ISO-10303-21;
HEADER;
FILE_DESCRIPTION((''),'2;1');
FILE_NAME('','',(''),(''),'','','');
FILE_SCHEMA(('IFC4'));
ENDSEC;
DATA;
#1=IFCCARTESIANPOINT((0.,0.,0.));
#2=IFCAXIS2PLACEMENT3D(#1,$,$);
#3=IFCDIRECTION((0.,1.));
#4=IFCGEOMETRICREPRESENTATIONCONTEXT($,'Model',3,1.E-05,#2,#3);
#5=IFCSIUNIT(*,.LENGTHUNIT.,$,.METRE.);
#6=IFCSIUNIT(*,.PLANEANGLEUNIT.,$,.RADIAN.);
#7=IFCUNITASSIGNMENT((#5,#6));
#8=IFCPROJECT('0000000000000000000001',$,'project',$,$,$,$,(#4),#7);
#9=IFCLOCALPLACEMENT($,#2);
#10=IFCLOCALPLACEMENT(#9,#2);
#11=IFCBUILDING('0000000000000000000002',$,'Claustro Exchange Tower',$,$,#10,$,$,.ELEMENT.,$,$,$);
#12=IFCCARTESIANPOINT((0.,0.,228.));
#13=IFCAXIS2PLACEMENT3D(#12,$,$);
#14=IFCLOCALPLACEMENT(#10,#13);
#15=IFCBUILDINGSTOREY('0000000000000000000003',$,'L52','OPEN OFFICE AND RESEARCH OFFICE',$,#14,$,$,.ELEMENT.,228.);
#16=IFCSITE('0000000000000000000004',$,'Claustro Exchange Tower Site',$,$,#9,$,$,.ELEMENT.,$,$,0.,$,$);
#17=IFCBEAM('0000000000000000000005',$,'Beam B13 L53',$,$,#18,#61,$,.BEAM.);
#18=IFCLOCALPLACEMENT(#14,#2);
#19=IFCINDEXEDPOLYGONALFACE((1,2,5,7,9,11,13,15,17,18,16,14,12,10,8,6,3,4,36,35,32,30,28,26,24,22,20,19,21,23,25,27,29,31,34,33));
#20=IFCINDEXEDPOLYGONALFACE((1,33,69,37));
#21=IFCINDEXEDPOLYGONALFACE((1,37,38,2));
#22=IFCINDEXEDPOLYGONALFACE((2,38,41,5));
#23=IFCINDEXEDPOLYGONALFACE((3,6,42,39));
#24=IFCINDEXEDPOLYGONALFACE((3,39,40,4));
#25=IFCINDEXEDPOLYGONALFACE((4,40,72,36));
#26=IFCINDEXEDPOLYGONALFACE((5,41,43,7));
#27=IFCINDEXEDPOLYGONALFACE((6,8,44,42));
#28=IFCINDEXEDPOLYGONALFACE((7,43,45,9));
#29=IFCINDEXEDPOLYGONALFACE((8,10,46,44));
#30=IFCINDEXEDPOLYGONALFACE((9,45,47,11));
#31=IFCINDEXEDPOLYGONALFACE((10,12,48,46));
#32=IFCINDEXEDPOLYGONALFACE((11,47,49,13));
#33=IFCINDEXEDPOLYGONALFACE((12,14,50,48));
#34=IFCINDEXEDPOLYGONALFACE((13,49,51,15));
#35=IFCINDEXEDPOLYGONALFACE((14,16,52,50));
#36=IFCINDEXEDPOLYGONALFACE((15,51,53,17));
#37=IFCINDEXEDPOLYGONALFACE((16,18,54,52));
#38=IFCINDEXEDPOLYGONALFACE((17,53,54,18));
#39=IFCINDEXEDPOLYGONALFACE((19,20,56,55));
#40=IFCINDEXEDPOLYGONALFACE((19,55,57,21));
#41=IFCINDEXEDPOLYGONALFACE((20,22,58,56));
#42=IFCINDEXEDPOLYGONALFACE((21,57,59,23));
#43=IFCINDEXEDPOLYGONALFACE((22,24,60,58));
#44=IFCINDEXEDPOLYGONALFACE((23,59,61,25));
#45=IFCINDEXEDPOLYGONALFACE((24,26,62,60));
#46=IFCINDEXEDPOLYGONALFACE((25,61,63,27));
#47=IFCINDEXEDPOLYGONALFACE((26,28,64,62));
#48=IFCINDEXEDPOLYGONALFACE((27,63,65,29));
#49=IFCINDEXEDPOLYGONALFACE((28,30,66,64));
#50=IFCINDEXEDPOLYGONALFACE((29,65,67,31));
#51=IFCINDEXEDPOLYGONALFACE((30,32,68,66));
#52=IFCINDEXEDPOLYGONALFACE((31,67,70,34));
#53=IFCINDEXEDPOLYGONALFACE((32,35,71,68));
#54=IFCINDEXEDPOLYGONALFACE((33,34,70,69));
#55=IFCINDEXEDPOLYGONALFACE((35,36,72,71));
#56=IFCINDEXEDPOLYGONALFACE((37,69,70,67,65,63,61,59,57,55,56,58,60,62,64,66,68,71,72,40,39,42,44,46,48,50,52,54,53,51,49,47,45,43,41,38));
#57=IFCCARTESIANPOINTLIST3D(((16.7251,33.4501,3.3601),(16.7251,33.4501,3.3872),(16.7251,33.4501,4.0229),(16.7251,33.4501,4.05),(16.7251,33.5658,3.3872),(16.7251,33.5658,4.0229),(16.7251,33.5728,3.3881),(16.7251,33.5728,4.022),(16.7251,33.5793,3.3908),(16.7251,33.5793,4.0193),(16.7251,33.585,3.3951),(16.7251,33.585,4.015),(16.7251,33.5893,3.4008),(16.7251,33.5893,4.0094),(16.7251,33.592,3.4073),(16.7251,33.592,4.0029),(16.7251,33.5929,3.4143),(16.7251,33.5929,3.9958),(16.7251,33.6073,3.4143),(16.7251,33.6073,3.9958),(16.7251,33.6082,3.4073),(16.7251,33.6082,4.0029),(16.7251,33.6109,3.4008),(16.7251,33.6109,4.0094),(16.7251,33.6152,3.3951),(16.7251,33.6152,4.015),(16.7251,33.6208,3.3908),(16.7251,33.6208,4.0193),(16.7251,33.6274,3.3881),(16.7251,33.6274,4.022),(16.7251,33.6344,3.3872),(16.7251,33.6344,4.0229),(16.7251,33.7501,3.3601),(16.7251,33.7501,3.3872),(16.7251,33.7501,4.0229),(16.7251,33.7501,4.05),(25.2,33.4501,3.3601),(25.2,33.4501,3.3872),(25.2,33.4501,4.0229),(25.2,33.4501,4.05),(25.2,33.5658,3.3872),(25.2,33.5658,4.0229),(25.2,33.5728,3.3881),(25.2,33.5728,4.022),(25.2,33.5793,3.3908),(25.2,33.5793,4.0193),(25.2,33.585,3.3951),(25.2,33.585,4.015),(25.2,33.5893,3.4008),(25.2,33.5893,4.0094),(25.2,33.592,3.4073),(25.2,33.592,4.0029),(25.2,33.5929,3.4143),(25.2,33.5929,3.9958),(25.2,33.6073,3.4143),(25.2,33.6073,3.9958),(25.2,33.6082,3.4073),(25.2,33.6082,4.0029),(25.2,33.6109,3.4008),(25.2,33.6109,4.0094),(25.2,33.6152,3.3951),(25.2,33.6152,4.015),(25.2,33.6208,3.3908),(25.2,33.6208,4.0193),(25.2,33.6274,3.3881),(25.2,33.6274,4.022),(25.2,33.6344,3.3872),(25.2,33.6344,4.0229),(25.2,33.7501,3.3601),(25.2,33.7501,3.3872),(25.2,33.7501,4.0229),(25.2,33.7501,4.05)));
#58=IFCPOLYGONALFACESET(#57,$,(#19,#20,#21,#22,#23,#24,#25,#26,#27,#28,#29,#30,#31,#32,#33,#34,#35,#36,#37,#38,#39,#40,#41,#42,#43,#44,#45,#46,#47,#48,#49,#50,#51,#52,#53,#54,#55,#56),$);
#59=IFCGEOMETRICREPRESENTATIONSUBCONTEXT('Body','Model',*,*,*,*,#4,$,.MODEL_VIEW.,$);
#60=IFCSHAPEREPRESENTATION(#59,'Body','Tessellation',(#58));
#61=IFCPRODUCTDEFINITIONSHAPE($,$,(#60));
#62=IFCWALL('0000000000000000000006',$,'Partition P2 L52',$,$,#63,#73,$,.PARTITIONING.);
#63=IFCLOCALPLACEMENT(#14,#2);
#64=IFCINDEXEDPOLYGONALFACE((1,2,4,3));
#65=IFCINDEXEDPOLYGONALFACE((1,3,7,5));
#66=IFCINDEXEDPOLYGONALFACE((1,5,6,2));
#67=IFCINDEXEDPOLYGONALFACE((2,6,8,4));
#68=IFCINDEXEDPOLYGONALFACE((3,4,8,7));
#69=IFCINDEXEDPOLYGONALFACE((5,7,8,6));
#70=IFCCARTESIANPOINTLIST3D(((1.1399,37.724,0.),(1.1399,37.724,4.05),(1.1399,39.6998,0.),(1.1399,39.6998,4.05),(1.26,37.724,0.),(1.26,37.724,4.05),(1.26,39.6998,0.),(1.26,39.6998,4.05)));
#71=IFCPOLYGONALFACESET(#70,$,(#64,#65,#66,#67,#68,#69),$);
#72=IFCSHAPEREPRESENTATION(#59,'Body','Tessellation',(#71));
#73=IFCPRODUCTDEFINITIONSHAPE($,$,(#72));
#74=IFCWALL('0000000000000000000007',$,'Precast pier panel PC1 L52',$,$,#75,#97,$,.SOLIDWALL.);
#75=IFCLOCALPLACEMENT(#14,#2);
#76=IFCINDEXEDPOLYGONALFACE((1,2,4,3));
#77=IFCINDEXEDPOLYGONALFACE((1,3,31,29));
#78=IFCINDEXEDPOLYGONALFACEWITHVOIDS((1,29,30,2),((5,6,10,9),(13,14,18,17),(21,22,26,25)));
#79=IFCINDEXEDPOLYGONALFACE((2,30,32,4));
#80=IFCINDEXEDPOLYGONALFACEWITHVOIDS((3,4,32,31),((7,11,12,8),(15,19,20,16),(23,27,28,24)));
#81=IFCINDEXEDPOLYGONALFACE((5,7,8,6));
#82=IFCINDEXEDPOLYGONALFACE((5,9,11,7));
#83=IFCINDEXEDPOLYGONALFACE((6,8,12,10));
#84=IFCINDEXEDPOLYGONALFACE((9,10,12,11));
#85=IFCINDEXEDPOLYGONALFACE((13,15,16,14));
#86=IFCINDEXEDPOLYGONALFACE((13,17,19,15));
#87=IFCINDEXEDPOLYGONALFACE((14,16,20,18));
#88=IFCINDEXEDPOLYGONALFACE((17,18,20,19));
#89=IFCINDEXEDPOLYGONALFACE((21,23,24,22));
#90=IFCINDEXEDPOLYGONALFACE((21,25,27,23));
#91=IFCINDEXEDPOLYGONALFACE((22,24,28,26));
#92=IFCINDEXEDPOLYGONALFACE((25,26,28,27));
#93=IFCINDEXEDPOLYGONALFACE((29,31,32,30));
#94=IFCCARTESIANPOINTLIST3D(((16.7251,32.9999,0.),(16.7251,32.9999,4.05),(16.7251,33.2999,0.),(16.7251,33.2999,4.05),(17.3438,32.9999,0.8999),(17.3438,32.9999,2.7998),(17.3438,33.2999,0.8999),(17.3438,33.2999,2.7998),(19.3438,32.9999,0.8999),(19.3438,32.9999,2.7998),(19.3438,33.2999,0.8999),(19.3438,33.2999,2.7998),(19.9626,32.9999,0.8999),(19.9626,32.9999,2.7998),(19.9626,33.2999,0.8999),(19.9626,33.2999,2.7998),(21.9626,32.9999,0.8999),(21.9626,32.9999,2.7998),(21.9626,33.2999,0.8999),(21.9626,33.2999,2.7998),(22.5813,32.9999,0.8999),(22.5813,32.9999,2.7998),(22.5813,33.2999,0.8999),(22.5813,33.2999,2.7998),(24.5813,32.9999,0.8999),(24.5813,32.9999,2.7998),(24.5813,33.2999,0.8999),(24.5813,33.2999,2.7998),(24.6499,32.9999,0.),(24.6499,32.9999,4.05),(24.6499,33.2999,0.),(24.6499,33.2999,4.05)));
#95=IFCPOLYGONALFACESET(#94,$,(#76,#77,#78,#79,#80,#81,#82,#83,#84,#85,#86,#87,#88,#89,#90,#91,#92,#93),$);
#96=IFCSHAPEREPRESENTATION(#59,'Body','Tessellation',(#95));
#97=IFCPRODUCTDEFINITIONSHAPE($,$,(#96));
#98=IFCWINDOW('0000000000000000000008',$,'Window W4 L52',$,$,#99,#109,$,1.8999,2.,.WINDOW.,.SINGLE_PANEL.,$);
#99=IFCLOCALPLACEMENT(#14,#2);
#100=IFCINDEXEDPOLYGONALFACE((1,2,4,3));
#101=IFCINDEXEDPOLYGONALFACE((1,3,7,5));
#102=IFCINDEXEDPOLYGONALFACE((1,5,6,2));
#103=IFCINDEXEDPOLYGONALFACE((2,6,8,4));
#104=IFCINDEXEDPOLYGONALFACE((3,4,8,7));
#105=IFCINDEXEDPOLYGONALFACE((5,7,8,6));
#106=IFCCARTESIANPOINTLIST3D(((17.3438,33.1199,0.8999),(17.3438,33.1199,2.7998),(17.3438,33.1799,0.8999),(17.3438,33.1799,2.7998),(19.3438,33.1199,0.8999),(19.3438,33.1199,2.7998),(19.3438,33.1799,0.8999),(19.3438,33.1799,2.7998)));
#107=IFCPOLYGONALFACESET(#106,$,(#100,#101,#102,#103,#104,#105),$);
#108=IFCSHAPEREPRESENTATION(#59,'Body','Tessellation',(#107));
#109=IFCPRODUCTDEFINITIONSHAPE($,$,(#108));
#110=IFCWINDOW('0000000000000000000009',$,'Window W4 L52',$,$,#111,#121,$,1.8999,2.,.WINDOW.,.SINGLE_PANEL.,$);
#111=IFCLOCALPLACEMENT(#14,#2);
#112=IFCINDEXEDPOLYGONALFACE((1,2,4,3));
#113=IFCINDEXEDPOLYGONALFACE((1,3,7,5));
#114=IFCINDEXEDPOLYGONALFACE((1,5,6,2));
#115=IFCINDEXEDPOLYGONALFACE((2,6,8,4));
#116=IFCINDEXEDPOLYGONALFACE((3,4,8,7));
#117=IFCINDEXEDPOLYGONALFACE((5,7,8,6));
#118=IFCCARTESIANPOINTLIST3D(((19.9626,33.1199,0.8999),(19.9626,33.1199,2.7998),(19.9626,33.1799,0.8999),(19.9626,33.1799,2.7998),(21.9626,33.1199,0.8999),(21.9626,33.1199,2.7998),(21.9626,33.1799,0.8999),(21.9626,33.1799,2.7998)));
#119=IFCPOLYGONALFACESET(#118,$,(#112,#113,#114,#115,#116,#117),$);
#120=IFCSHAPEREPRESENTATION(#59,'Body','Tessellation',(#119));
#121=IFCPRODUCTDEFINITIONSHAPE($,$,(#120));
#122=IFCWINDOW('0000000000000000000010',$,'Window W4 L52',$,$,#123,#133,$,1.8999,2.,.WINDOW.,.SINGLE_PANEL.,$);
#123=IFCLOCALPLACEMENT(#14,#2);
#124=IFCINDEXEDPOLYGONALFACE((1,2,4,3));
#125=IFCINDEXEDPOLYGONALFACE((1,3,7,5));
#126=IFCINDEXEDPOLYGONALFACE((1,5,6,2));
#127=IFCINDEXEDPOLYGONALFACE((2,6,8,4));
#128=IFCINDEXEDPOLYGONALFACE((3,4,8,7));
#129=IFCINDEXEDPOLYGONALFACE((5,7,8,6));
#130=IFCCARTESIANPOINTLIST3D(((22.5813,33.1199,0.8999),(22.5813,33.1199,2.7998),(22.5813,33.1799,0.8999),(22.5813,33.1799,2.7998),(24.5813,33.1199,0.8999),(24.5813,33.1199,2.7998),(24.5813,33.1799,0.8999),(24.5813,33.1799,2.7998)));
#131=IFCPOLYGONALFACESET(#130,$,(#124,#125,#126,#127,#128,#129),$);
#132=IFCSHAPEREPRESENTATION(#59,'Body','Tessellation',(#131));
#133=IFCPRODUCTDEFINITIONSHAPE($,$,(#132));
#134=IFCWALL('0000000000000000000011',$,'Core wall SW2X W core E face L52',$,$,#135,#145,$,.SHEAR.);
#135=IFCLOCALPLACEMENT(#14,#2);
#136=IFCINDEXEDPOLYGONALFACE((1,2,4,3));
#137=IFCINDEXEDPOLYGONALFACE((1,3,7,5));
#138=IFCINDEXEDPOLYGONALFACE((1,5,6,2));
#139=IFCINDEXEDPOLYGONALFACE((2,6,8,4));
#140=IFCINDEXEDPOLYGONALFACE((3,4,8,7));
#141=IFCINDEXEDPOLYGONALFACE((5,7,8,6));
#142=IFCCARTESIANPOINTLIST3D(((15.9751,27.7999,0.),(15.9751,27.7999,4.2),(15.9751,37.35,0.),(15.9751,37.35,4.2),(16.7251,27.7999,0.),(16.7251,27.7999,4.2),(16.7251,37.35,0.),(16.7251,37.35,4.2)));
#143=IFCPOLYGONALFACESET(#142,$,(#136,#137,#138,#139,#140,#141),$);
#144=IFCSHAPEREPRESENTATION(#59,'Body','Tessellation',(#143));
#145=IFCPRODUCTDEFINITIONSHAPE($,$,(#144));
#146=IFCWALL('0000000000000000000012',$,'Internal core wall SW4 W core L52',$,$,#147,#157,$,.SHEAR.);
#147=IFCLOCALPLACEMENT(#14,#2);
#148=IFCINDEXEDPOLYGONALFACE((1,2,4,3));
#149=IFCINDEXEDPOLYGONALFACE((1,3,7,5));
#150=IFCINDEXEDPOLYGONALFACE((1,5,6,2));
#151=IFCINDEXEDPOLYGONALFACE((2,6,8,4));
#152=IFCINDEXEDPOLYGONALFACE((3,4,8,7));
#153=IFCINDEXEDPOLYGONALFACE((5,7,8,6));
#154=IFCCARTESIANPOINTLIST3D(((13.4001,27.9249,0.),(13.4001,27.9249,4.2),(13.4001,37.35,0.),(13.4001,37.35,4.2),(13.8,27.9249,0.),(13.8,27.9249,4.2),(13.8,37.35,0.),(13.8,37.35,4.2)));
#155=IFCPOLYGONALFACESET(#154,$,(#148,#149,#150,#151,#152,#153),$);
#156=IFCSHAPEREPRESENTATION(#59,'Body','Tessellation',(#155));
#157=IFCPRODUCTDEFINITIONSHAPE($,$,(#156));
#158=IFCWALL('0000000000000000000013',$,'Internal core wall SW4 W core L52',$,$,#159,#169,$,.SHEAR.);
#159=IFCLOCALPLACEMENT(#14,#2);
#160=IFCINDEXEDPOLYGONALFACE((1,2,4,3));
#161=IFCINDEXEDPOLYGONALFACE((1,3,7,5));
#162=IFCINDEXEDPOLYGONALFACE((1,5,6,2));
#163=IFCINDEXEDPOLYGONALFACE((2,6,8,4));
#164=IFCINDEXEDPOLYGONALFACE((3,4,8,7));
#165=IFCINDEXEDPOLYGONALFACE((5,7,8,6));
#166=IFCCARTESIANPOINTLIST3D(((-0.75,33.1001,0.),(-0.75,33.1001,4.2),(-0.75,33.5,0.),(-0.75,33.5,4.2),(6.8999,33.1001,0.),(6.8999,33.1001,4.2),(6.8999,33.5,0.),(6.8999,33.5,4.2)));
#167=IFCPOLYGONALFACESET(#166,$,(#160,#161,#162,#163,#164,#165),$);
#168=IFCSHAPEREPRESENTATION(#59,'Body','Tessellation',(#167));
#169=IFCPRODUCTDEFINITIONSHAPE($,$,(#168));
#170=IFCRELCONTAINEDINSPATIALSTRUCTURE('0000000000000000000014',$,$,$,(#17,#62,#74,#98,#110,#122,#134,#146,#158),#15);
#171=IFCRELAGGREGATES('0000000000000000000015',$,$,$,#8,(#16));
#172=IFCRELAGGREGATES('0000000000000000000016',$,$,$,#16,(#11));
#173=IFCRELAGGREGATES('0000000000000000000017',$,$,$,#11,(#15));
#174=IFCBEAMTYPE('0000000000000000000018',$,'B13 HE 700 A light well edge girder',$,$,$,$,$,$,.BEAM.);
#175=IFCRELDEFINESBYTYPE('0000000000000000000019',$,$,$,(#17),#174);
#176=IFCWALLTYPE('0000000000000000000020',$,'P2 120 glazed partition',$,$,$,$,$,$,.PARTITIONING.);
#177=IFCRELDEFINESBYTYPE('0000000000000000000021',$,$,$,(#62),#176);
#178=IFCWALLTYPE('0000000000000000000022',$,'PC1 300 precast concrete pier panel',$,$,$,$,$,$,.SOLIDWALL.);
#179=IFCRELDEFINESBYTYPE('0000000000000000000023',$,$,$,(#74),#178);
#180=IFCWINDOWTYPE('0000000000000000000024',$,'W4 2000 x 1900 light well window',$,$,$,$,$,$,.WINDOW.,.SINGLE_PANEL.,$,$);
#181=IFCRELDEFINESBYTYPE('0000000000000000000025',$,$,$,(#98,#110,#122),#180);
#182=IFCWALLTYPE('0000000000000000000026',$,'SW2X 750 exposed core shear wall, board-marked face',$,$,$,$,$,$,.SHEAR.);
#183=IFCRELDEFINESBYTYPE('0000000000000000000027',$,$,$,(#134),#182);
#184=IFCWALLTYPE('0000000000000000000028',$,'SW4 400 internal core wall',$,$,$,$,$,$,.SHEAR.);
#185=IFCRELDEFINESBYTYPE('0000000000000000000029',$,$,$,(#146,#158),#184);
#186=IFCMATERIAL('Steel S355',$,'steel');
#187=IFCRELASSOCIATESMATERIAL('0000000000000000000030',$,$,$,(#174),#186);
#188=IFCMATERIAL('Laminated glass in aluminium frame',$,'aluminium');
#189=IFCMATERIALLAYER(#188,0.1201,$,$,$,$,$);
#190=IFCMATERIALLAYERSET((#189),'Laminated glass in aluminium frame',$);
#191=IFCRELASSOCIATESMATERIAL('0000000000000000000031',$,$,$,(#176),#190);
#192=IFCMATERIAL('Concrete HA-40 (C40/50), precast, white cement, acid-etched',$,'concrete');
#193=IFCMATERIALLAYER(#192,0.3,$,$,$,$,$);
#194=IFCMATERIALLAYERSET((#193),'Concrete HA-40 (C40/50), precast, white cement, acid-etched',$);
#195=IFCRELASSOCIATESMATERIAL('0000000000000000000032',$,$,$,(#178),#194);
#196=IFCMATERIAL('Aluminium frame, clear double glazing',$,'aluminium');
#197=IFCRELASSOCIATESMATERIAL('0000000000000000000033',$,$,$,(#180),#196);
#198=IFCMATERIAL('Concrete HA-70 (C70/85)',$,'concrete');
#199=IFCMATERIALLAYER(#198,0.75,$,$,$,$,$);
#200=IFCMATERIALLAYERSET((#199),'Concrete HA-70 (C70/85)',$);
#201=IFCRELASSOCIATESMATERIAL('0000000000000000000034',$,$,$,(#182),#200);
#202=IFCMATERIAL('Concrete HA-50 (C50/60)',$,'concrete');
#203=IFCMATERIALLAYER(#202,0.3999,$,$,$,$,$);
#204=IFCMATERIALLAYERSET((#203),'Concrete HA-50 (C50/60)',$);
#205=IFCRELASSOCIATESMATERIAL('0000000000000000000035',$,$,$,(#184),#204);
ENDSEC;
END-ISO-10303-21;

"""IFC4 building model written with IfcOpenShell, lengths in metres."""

from ifc_helpers import new_model, si_unit, direction, frame, frame_2d, origin, origin_2d, place, context, subcontext, project, spatial, rectangle, i_section, extrude, material, layer, layer_set, material_profile, profile_set, type_object, element, fill, save


model = new_model("IFC4")

# Units and contexts
model_context = context("Model", 3, precision=1e-05, world=origin(), true_north=direction((0.0, 1.0)))
body_context = subcontext(model_context, "Body", "Model", "MODEL_VIEW")
ifc_project = project(units=[si_unit("LENGTHUNIT", "METRE"), si_unit("PLANEANGLEUNIT", "RADIAN")], contexts=[model_context])

# Site, building, storey
site_placement = place(None, origin())
site = spatial("IfcSite", under=ifc_project, at=site_placement, Name="Claustro Exchange Tower Site", CompositionType="ELEMENT", RefElevation=0.0)
building_placement = place(site_placement, origin())
building = spatial("IfcBuilding", under=site, at=building_placement, Name="Claustro Exchange Tower", CompositionType="ELEMENT")
storey_placement = place(building_placement, frame((0.0, 0.0, 228.0)))
storey = spatial("IfcBuildingStorey", under=building, at=storey_placement, Name="L52", Description="OPEN OFFICE AND RESEARCH OFFICE", CompositionType="ELEMENT", Elevation=228.0)

# Beam
ifc_material_1 = material(Name="Steel S355", Category="steel")
ifc_material_profile = material_profile(ifc_material_1, i_section(OverallWidth=0.3, OverallDepth=0.6899, WebThickness=0.0144, FlangeThickness=0.0271, FilletRadius=0.0271, at=origin_2d()), Name="HE 700 A")
ifc_profile_set = profile_set([ifc_material_profile], Name="Steel S355")
beam_type = type_object("IfcBeamType", Name="B13 HE 700 A light well edge girder", PredefinedType="BEAM", material=ifc_profile_set)
beam_placement = place(storey_placement, frame((16.7251, 33.6001, 3.7051), z_axis=(1.0, 0.0, 0.0), x_axis=(0.0, 1.0, 0.0)))
element("IfcBeam", 1, at=beam_placement, inside=storey, type_object=beam_type, Name="Beam B13 L53", PredefinedType="BEAM", context=body_context, shape_type="SweptSolid", body=[
    extrude(i_section(OverallWidth=0.3, OverallDepth=0.6899, WebThickness=0.0144, FlangeThickness=0.0271, FilletRadius=0.0271, at=origin_2d()), origin(), (0.0, 0.0, 1.0), 8.4749),
])

# Wall
ifc_material_2 = material(Name="Laminated glass in aluminium frame", Category="aluminium")
ifc_layer_1 = layer(ifc_material_2, 0.1201)
ifc_layer_set_1 = layer_set([ifc_layer_1], Name="Laminated glass in aluminium frame")
wall_type_1 = type_object("IfcWallType", Name="P2 120 glazed partition", PredefinedType="PARTITIONING", material=ifc_layer_set_1)
wall_1_placement = place(storey_placement, frame((1.2, 37.7241, 0.0), z_axis=(0.0, 0.0, 1.0), x_axis=(0.0, 1.0, 0.0)))
element("IfcWall", 2, at=wall_1_placement, inside=storey, type_object=wall_type_1, Name="Partition P2 L52", PredefinedType="PARTITIONING", context=body_context, shape_type="SweptSolid", body=[
    extrude(rectangle(XDim=1.9758, YDim=0.1201, at=frame_2d((0.9878, 0.0))), origin(), (0.0, 0.0, 1.0), 4.05),
])

# Wall, openings, windows
ifc_material_3 = material(Name="Concrete HA-40 (C40/50), precast, white cement, acid-etched", Category="concrete")
ifc_layer_2 = layer(ifc_material_3, 0.3)
ifc_layer_set_2 = layer_set([ifc_layer_2], Name="Concrete HA-40 (C40/50), precast, white cement, acid-etched")
wall_type_2 = type_object("IfcWallType", Name="PC1 300 precast concrete pier panel", PredefinedType="SOLIDWALL", material=ifc_layer_set_2)
wall_2_placement = place(storey_placement, frame((16.7251, 33.1499, 0.0), z_axis=(0.0, 0.0, 1.0), x_axis=(1.0, 0.0, 0.0)))
wall_2 = element("IfcWall", 3, at=wall_2_placement, inside=storey, type_object=wall_type_2, Name="Precast pier panel PC1 L52", PredefinedType="SOLIDWALL", context=body_context, shape_type="SweptSolid", body=[
    extrude(rectangle(XDim=7.9248, YDim=0.3, at=frame_2d((3.9624, 0.0))), origin(), (0.0, 0.0, 1.0), 4.05),
])
opening_1_placement = place(wall_2_placement, frame((0.6187, 0.0, 0.8999)))
opening_1 = element("IfcOpeningElement", 4, at=opening_1_placement, cuts=wall_2, PredefinedType="OPENING", context=body_context, shape_type="SweptSolid", body=[
    extrude(rectangle(XDim=2.0, YDim=1.8999, at=frame_2d((1.0, 0.95))), frame((0.0, 0.1599, 0.0), z_axis=(0.0, -1.0, 0.0), x_axis=(1.0, 0.0, 0.0)), (0.0, 0.0, 1.0), 0.3201),
])
opening_2_placement = place(wall_2_placement, frame((3.2375, 0.0, 0.8999)))
opening_2 = element("IfcOpeningElement", 5, at=opening_2_placement, cuts=wall_2, PredefinedType="OPENING", context=body_context, shape_type="SweptSolid", body=[
    extrude(rectangle(XDim=2.0, YDim=1.8999, at=frame_2d((1.0, 0.95))), frame((0.0, 0.1599, 0.0), z_axis=(0.0, -1.0, 0.0), x_axis=(1.0, 0.0, 0.0)), (0.0, 0.0, 1.0), 0.3201),
])
opening_3_placement = place(wall_2_placement, frame((5.8562, 0.0, 0.8999)))
opening_3 = element("IfcOpeningElement", 6, at=opening_3_placement, cuts=wall_2, PredefinedType="OPENING", context=body_context, shape_type="SweptSolid", body=[
    extrude(rectangle(XDim=2.0, YDim=1.8999, at=frame_2d((1.0, 0.95))), frame((0.0, 0.1599, 0.0), z_axis=(0.0, -1.0, 0.0), x_axis=(1.0, 0.0, 0.0)), (0.0, 0.0, 1.0), 0.3201),
])
ifc_material_4 = material(Name="Aluminium frame, clear double glazing", Category="aluminium")
window_type = type_object("IfcWindowType", Name="W4 2000 x 1900 light well window", PartitioningType="SINGLE_PANEL", PredefinedType="WINDOW", material=ifc_material_4)
window_1_placement = place(opening_1_placement, origin())
window_1 = element("IfcWindow", 7, at=window_1_placement, inside=storey, type_object=window_type, Name="Window W4 L52", OverallHeight=1.8999, OverallWidth=2.0, PartitioningType="SINGLE_PANEL", PredefinedType="WINDOW", context=body_context, shape_type="SweptSolid", body=[
    extrude(rectangle(XDim=2.0, YDim=1.8999, at=frame_2d((1.0, 0.95))), frame((0.0, 0.03, 0.0), z_axis=(0.0, -1.0, 0.0), x_axis=(1.0, 0.0, 0.0)), (0.0, 0.0, 1.0), 0.0601),
])
fill(opening_1, window_1)
window_2_placement = place(opening_2_placement, origin())
window_2 = element("IfcWindow", 8, at=window_2_placement, inside=storey, type_object=window_type, Name="Window W4 L52", OverallHeight=1.8999, OverallWidth=2.0, PartitioningType="SINGLE_PANEL", PredefinedType="WINDOW", context=body_context, shape_type="SweptSolid", body=[
    extrude(rectangle(XDim=2.0, YDim=1.8999, at=frame_2d((1.0, 0.95))), frame((0.0, 0.03, 0.0), z_axis=(0.0, -1.0, 0.0), x_axis=(1.0, 0.0, 0.0)), (0.0, 0.0, 1.0), 0.0601),
])
fill(opening_2, window_2)
window_3_placement = place(opening_3_placement, origin())
window_3 = element("IfcWindow", 9, at=window_3_placement, inside=storey, type_object=window_type, Name="Window W4 L52", OverallHeight=1.8999, OverallWidth=2.0, PartitioningType="SINGLE_PANEL", PredefinedType="WINDOW", context=body_context, shape_type="SweptSolid", body=[
    extrude(rectangle(XDim=2.0, YDim=1.8999, at=frame_2d((1.0, 0.95))), frame((0.0, 0.03, 0.0), z_axis=(0.0, -1.0, 0.0), x_axis=(1.0, 0.0, 0.0)), (0.0, 0.0, 1.0), 0.0601),
])
fill(opening_3, window_3)

# Walls
ifc_material_5 = material(Name="Concrete HA-70 (C70/85)", Category="concrete")
ifc_layer_3 = layer(ifc_material_5, 0.75)
ifc_layer_set_3 = layer_set([ifc_layer_3], Name="Concrete HA-70 (C70/85)")
wall_type_3 = type_object("IfcWallType", Name="SW2X 750 exposed core shear wall, board-marked face", PredefinedType="SHEAR", material=ifc_layer_set_3)
wall_3_placement = place(storey_placement, frame((16.3501, 27.8, 0.0), z_axis=(0.0, 0.0, 1.0), x_axis=(0.0, 1.0, 0.0)))
element("IfcWall", 10, at=wall_3_placement, inside=storey, type_object=wall_type_3, Name="Core wall SW2X W core E face L52", PredefinedType="SHEAR", context=body_context, shape_type="SweptSolid", body=[
    extrude(rectangle(XDim=9.55, YDim=0.75, at=frame_2d((4.7749, 0.0))), origin(), (0.0, 0.0, 1.0), 4.2),
])
ifc_material_6 = material(Name="Concrete HA-50 (C50/60)", Category="concrete")
ifc_layer_4 = layer(ifc_material_6, 0.3999)
ifc_layer_set_4 = layer_set([ifc_layer_4], Name="Concrete HA-50 (C50/60)")
wall_type_4 = type_object("IfcWallType", Name="SW4 400 internal core wall", PredefinedType="SHEAR", material=ifc_layer_set_4)
wall_4_placement = place(storey_placement, frame((13.6001, 27.925, 0.0), z_axis=(0.0, 0.0, 1.0), x_axis=(0.0, 1.0, 0.0)))
element("IfcWall", 11, at=wall_4_placement, inside=storey, type_object=wall_type_4, Name="Internal core wall SW4 W core L52", PredefinedType="SHEAR", context=body_context, shape_type="SweptSolid", body=[
    extrude(rectangle(XDim=9.425, YDim=0.3999, at=frame_2d((4.7124, 0.0))), origin(), (0.0, 0.0, 1.0), 4.2),
])
wall_5_placement = place(storey_placement, frame((-0.75, 33.3, 0.0), z_axis=(0.0, 0.0, 1.0), x_axis=(1.0, 0.0, 0.0)))
element("IfcWall", 12, at=wall_5_placement, inside=storey, type_object=wall_type_4, Name="Internal core wall SW4 W core L52", PredefinedType="SHEAR", context=body_context, shape_type="SweptSolid", body=[
    extrude(rectangle(XDim=7.6499, YDim=0.3999, at=frame_2d((3.825, 0.0))), origin(), (0.0, 0.0, 1.0), 4.2),
])

save(model, "model.ifc")
